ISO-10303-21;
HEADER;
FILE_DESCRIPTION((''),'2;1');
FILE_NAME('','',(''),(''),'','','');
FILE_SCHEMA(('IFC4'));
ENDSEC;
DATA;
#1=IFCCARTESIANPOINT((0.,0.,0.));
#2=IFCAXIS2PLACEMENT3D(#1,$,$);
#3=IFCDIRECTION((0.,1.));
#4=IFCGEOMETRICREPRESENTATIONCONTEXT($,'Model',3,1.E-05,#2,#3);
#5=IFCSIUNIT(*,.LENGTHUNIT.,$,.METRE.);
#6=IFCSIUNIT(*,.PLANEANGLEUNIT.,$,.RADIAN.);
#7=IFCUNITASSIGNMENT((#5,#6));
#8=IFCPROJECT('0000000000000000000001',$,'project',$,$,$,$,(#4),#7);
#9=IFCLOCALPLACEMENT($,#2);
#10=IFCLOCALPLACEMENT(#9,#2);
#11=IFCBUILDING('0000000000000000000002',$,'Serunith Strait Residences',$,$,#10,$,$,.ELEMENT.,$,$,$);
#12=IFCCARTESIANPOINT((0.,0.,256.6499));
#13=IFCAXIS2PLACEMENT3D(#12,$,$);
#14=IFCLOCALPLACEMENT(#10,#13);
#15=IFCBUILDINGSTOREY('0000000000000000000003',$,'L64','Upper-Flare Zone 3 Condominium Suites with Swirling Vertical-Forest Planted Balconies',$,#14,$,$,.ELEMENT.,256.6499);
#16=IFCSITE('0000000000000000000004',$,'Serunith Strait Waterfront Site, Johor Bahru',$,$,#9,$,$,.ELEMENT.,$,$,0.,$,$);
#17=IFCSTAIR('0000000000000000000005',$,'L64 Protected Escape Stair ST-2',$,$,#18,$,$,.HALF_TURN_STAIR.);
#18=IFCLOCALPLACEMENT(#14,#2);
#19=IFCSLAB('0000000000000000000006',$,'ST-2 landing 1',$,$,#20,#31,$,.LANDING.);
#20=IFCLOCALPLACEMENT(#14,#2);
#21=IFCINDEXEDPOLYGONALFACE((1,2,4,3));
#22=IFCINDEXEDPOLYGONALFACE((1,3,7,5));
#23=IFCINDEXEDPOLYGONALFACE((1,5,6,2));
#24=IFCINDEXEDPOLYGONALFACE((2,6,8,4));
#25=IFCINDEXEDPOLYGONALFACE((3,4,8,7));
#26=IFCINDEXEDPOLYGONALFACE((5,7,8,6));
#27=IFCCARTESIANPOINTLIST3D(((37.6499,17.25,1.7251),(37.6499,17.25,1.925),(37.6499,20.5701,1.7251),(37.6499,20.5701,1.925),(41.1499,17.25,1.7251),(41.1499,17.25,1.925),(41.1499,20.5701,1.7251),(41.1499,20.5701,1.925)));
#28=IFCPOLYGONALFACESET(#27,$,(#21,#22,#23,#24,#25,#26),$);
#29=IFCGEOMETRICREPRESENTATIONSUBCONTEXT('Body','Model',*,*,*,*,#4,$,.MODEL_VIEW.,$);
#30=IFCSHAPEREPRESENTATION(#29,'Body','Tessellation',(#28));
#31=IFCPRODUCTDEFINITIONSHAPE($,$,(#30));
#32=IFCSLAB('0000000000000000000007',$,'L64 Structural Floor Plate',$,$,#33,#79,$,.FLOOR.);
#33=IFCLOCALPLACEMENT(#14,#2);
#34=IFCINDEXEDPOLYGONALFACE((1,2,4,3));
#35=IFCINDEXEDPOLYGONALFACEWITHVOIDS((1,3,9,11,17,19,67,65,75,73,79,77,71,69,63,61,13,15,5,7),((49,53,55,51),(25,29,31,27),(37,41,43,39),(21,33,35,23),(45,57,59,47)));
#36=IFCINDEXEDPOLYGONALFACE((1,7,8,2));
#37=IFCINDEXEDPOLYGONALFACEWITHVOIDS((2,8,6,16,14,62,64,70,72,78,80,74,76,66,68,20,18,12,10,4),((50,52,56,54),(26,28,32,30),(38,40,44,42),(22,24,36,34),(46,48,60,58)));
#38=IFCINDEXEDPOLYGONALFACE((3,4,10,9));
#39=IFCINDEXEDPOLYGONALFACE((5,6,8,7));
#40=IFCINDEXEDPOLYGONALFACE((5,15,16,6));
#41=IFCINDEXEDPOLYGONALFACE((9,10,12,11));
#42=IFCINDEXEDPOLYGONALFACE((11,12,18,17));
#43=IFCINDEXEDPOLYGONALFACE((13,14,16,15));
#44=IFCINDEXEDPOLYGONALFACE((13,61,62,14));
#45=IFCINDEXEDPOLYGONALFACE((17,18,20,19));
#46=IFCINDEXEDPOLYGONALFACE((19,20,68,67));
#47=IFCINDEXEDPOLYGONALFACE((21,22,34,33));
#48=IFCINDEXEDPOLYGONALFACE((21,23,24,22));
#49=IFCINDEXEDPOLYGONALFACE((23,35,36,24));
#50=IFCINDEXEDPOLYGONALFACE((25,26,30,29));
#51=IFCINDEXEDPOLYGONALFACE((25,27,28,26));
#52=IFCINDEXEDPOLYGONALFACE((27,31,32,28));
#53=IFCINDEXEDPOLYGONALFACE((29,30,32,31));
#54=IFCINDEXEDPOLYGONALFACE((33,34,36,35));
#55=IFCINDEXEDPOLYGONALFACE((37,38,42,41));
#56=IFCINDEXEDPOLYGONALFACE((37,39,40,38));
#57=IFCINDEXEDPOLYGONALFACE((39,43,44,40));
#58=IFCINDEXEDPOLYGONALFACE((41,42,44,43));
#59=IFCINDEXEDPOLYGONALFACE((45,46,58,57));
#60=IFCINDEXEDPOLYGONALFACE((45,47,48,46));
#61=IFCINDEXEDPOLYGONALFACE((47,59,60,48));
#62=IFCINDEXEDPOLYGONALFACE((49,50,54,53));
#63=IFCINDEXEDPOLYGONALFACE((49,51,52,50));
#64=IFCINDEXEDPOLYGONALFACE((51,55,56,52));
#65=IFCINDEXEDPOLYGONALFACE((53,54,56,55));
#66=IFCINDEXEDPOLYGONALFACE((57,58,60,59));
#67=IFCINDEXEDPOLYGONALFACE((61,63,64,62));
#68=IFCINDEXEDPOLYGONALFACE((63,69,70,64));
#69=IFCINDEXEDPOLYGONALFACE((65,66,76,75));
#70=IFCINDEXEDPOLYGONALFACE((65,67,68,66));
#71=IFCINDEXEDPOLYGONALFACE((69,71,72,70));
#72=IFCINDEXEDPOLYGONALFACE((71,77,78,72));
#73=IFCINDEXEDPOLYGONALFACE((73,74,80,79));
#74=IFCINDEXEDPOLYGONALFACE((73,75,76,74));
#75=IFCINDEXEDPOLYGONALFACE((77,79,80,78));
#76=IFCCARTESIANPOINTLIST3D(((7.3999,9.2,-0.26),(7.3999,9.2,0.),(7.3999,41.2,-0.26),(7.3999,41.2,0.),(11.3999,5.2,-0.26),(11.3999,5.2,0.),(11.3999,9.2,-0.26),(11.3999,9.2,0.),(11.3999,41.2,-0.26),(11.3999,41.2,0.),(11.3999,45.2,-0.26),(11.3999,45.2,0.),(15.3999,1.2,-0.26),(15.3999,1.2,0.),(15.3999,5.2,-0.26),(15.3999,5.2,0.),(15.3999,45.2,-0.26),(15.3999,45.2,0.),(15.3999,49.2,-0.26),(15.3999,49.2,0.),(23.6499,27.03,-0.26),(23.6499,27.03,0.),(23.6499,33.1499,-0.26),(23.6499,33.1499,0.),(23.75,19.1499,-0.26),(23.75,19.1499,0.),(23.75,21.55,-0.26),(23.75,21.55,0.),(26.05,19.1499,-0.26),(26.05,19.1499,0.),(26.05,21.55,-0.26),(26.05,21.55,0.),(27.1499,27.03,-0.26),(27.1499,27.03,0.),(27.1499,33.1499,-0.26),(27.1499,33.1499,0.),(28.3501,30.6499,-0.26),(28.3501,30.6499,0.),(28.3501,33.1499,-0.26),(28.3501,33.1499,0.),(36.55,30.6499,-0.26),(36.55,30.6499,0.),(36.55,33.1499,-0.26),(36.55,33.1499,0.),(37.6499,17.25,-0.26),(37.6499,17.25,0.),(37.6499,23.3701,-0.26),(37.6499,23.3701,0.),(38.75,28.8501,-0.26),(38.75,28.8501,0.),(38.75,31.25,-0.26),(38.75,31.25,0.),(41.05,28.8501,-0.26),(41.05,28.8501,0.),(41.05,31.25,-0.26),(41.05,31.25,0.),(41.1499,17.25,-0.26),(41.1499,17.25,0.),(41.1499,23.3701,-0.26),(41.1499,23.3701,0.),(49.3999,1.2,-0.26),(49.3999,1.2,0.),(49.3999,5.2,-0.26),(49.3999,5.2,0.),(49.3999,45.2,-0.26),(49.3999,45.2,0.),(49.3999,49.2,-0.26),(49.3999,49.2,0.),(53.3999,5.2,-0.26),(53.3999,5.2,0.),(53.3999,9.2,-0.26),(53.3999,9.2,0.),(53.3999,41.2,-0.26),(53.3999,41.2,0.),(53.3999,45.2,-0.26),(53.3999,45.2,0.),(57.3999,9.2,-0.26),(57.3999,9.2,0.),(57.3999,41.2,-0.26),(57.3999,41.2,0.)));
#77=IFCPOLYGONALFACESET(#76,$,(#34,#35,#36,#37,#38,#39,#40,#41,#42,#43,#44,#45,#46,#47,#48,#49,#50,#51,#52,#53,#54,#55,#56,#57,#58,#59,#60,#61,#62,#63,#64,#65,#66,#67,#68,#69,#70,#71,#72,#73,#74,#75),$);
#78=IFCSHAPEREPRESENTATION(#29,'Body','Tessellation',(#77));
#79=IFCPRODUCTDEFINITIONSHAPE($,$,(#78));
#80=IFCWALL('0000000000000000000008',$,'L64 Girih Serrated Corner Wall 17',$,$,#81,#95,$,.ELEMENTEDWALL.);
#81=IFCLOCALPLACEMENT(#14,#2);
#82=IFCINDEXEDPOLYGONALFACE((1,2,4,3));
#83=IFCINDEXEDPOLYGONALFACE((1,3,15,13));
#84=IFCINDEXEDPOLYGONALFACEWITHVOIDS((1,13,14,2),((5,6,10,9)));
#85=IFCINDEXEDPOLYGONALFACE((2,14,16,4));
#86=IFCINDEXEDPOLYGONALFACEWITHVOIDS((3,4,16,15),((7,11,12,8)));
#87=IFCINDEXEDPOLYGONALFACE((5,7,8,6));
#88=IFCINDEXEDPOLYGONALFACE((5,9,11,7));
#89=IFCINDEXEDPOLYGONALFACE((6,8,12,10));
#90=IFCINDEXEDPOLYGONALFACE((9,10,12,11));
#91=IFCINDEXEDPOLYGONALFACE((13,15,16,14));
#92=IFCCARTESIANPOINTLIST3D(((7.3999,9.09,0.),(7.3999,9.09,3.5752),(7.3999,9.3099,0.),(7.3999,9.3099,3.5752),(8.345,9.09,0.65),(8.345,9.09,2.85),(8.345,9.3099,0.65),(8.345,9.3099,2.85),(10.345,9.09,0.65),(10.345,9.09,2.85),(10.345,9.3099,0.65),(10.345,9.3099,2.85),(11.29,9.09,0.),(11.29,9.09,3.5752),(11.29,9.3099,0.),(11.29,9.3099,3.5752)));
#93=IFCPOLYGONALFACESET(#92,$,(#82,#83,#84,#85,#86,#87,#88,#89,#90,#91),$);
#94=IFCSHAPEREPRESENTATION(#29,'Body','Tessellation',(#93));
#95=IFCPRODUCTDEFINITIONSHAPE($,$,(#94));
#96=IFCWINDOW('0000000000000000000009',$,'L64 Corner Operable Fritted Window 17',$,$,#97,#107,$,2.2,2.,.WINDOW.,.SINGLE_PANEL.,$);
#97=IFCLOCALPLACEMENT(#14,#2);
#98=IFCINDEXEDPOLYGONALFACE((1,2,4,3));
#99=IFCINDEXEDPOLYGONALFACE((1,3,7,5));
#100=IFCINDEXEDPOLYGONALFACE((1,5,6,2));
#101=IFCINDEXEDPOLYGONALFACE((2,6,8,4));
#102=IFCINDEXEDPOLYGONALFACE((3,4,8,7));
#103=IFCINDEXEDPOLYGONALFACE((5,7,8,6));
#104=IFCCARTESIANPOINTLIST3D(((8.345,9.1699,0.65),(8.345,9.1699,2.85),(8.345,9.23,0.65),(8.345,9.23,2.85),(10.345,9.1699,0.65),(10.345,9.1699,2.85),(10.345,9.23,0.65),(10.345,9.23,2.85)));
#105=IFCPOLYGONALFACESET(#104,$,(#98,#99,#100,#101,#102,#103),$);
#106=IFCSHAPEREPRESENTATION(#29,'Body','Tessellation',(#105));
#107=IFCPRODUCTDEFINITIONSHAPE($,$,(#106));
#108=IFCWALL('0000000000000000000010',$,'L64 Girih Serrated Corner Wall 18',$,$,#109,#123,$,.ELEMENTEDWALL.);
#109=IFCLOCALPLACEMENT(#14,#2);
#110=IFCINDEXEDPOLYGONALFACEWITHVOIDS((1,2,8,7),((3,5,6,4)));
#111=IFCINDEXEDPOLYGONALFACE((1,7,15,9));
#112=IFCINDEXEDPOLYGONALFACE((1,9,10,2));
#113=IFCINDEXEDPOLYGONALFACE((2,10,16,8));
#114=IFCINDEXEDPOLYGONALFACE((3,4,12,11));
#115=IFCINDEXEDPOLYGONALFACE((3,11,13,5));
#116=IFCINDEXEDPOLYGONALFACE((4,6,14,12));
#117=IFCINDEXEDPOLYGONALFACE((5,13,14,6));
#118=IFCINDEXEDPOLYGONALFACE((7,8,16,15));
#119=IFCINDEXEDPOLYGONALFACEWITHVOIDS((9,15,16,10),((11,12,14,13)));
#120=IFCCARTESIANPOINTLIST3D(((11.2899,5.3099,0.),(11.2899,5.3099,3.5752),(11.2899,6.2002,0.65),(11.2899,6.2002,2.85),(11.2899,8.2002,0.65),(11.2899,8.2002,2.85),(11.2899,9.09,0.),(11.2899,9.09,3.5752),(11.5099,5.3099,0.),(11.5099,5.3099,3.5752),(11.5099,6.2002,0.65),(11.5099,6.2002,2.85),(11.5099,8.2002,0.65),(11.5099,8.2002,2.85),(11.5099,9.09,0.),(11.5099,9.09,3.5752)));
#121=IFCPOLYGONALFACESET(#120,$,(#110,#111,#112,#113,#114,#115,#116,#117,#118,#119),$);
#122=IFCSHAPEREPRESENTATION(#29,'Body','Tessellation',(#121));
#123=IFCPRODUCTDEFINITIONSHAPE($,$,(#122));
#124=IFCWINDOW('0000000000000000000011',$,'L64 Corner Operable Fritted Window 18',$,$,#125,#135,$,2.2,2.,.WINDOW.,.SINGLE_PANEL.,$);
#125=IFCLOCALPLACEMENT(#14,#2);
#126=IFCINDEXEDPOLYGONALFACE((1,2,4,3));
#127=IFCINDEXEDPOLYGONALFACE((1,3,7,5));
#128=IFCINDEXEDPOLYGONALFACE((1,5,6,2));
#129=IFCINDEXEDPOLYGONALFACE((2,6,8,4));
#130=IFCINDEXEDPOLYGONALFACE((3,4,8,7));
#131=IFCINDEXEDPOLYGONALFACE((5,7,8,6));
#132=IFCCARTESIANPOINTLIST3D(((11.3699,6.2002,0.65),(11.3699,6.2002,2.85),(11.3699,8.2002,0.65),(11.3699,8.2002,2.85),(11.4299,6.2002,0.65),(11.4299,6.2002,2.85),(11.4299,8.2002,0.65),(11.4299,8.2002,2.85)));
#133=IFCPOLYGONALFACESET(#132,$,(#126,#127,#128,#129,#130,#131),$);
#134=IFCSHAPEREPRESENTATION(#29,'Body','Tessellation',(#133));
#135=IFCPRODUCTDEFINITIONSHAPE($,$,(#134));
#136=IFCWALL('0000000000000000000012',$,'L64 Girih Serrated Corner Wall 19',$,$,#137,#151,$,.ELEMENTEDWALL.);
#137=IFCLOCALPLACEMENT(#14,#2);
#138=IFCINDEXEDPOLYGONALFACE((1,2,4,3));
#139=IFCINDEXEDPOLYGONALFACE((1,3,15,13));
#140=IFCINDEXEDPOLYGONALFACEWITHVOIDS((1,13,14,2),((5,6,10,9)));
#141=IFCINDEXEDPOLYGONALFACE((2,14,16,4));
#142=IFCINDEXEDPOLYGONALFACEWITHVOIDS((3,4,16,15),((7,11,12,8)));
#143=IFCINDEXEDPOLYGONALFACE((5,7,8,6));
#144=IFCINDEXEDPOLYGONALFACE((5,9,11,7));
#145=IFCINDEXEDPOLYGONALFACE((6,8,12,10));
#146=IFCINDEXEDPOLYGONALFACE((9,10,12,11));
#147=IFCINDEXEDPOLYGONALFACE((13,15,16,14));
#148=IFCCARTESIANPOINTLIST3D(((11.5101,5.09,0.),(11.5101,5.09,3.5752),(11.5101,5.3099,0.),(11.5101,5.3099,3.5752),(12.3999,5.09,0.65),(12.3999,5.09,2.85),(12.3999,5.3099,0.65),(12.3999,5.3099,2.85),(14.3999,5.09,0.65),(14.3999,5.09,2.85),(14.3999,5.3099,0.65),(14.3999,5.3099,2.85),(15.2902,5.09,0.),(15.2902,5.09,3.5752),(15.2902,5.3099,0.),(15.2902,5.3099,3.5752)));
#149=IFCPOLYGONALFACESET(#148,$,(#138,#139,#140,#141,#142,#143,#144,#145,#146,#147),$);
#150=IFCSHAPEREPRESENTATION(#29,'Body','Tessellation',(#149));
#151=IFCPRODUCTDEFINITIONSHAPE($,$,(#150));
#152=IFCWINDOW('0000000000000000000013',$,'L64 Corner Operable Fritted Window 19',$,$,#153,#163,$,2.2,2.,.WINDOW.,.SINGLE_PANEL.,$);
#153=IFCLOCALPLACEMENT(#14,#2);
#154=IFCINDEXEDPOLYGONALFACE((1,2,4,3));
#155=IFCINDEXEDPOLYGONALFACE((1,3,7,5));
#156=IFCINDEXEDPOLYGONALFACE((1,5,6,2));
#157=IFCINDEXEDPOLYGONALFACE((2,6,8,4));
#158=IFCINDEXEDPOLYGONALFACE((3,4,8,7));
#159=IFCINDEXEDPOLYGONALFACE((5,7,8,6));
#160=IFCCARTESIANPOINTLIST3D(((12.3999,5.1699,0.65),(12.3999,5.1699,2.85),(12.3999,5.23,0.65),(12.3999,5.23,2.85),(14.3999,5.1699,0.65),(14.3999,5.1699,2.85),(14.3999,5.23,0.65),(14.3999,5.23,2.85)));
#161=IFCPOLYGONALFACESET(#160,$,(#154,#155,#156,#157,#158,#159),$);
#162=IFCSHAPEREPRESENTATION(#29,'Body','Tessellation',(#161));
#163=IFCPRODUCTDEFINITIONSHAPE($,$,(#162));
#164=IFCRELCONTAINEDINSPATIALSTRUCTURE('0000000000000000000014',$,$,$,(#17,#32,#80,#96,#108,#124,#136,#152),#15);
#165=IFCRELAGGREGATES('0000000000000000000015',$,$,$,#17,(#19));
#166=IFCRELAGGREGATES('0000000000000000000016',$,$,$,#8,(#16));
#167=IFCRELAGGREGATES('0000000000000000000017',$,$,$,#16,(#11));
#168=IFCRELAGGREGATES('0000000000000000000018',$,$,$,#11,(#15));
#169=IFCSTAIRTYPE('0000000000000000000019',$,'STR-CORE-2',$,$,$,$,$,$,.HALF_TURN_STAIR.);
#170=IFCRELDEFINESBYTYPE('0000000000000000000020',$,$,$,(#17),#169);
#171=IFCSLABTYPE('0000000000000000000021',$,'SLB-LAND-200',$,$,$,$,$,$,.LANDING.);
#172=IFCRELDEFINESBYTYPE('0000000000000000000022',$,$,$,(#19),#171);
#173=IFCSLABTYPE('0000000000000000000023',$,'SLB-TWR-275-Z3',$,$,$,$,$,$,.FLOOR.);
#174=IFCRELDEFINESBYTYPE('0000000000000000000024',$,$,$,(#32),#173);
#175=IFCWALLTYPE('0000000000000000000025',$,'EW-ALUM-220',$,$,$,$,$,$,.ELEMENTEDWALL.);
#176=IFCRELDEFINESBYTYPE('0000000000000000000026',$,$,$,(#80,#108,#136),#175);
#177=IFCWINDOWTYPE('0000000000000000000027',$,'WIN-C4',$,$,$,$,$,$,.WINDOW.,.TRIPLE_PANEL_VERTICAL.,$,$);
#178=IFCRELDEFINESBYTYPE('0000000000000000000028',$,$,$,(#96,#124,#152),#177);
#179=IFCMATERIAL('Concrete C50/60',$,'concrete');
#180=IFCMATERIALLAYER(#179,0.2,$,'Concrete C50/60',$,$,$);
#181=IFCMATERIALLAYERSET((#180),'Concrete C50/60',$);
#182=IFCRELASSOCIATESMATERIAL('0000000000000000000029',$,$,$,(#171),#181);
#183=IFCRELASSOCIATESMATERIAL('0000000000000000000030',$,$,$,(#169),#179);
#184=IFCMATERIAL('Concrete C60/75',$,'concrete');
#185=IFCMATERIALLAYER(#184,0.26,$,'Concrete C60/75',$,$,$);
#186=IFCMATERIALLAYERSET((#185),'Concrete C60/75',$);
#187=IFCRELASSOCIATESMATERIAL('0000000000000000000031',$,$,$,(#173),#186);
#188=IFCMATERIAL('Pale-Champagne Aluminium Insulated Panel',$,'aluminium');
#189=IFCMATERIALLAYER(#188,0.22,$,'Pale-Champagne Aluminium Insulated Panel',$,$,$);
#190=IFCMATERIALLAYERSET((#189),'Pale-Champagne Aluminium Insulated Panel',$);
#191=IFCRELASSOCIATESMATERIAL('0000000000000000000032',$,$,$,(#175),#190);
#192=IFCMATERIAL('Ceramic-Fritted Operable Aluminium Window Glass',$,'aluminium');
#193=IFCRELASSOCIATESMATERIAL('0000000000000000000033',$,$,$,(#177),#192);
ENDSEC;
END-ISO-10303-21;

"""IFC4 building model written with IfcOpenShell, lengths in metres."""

from ifc_helpers import new_model, si_unit, direction, frame, frame_2d, origin, place, context, subcontext, project, spatial, polyline, rectangle, outline, extrude, source, transform, mapped, material, layer, layer_set, type_object, element, fill, aggregate, save


model = new_model("IFC4")

# Units and contexts
model_context = context("Model", 3, precision=1e-05, world=origin(), true_north=direction((0.0, 1.0)))
body_context = subcontext(model_context, "Body", "Model", "MODEL_VIEW")
ifc_project = project(units=[si_unit("LENGTHUNIT", "METRE"), si_unit("PLANEANGLEUNIT", "RADIAN")], contexts=[model_context])

# Site, building, storey
site_placement = place(None, origin())
site = spatial("IfcSite", under=ifc_project, at=site_placement, Name="Serunith Strait Waterfront Site, Johor Bahru", CompositionType="ELEMENT", RefElevation=0.0)
building_placement = place(site_placement, origin())
building = spatial("IfcBuilding", under=site, at=building_placement, Name="Serunith Strait Residences", CompositionType="ELEMENT")
storey_placement = place(building_placement, frame((0.0, 0.0, 256.6499)))
storey = spatial("IfcBuildingStorey", under=building, at=storey_placement, Name="L64", Description="Upper-Flare Zone 3 Condominium Suites with Swirling Vertical-Forest Planted Balconies", CompositionType="ELEMENT", Elevation=256.6499)

# Shared definitions
ifc_material_1 = material(Name="Concrete C50/60", Category="concrete")

# Stair, slab
ifc_layer_1 = layer(ifc_material_1, 0.2, Name="Concrete C50/60")
ifc_layer_set_1 = layer_set([ifc_layer_1], Name="Concrete C50/60")
slab_type_1 = type_object("IfcSlabType", Name="SLB-LAND-200", PredefinedType="LANDING", material=ifc_layer_set_1)
stair_type_1 = type_object("IfcStairType", Name="STR-CORE-2", PredefinedType="HALF_TURN_STAIR", material=ifc_material_1)
stair_1_placement = place(storey_placement, origin())
stair_1 = element("IfcStair", 1, at=stair_1_placement, inside=storey, type_object=stair_type_1, Name="L64 Protected Escape Stair ST-2", PredefinedType="HALF_TURN_STAIR")
slab_1_placement = place(storey_placement, frame((0.0, 0.0, 1.7251)))
slab_1 = element("IfcSlab", 2, at=slab_1_placement, type_object=slab_type_1, Name="ST-2 landing 1", PredefinedType="LANDING", context=body_context, shape_type="SweptSolid", body=[
    extrude(outline(polyline([(37.6499, 20.5701), (37.6499, 17.25), (41.1499, 17.25), (41.1499, 20.5701), (37.6499, 20.5701)])), origin(), (0.0, 0.0, 1.0), 0.2),
])
aggregate(stair_1, [slab_1])

# Slab
ifc_material_2 = material(Name="Concrete C60/75", Category="concrete")
ifc_layer_2 = layer(ifc_material_2, 0.26, Name="Concrete C60/75")
ifc_layer_set_2 = layer_set([ifc_layer_2], Name="Concrete C60/75")
slab_type_2 = type_object("IfcSlabType", Name="SLB-TWR-275-Z3", PredefinedType="FLOOR", material=ifc_layer_set_2)
slab_2_placement = place(storey_placement, frame((0.0, 0.0, -0.26)))
element("IfcSlab", 3, at=slab_2_placement, inside=storey, type_object=slab_type_2, Name="L64 Structural Floor Plate", PredefinedType="FLOOR", context=body_context, shape_type="SweptSolid", body=[
    extrude(outline(polyline([(15.3999, 5.2), (11.3999, 5.2), (11.3999, 9.2), (7.3999, 9.2), (7.3999, 41.2), (11.3999, 41.2), (11.3999, 45.2), (15.3999, 45.2), (15.3999, 49.2), (49.3999, 49.2), (49.3999, 45.2), (53.3999, 45.2), (53.3999, 41.2), (57.3999, 41.2), (57.3999, 9.2), (53.3999, 9.2), (53.3999, 5.2), (49.3999, 5.2), (49.3999, 1.2), (15.3999, 1.2), (15.3999, 5.2)]), holes=[polyline([(41.1499, 23.3701), (37.6499, 23.3701), (37.6499, 17.25), (41.1499, 17.25), (41.1499, 23.3701)]), polyline([(38.75, 31.25), (38.75, 28.8501), (41.05, 28.8501), (41.05, 31.25), (38.75, 31.25)]), polyline([(36.55, 33.1499), (28.3501, 33.1499), (28.3501, 30.6499), (36.55, 30.6499), (36.55, 33.1499)]), polyline([(23.6499, 33.1499), (23.6499, 27.03), (27.1499, 27.03), (27.1499, 33.1499), (23.6499, 33.1499)]), polyline([(23.75, 21.55), (23.75, 19.1499), (26.05, 19.1499), (26.05, 21.55), (23.75, 21.55)])]), origin(), (0.0, 0.0, 1.0), 0.26),
])

# Walls, openings, windows
ifc_material_3 = material(Name="Pale-Champagne Aluminium Insulated Panel", Category="aluminium")
ifc_layer_3 = layer(ifc_material_3, 0.22, Name="Pale-Champagne Aluminium Insulated Panel")
ifc_layer_set_3 = layer_set([ifc_layer_3], Name="Pale-Champagne Aluminium Insulated Panel")
wall_type = type_object("IfcWallType", Name="EW-ALUM-220", PredefinedType="ELEMENTEDWALL", material=ifc_layer_set_3)
wall_1_placement = place(storey_placement, frame((7.3999, 9.2, 0.0), z_axis=(0.0, 0.0, 1.0), x_axis=(1.0, 0.0, 0.0)))
wall_1 = element("IfcWall", 4, at=wall_1_placement, inside=storey, type_object=wall_type, Name="L64 Girih Serrated Corner Wall 17", PredefinedType="ELEMENTEDWALL", context=body_context, shape_type="SweptSolid", body=[
    extrude(rectangle(XDim=3.8901, YDim=0.22, at=frame_2d((1.9451, 0.0))), origin(), (0.0, 0.0, 1.0), 3.5752),
])
opening_1_placement = place(wall_1_placement, frame((0.9451, 0.0, 0.6499)))
opening_1 = element("IfcOpeningElement", 5, at=opening_1_placement, cuts=wall_1, PredefinedType="OPENING", context=body_context, shape_type="SweptSolid", body=[
    extrude(rectangle(XDim=2.0, YDim=2.2, at=frame_2d((1.0, 1.1001))), frame((0.0, 0.1201, 0.0), z_axis=(0.0, -1.0, 0.0), x_axis=(1.0, 0.0, 0.0)), (0.0, 0.0, 1.0), 0.24),
])
ifc_material_4 = material(Name="Ceramic-Fritted Operable Aluminium Window Glass", Category="aluminium")
window_type = type_object("IfcWindowType", Name="WIN-C4", PartitioningType="TRIPLE_PANEL_VERTICAL", PredefinedType="WINDOW", material=ifc_material_4)
shared_shape_1 = source(origin(), body_context, "Body", "SweptSolid", [
    extrude(rectangle(XDim=2.0, YDim=2.2, at=frame_2d((1.0, 1.1001))), frame((0.0, 0.03, 0.0), z_axis=(0.0, -1.0, 0.0), x_axis=(1.0, 0.0, 0.0)), (0.0, 0.0, 1.0), 0.0601),
])
window_1_placement = place(opening_1_placement, origin())
window_1 = element("IfcWindow", 6, at=window_1_placement, inside=storey, type_object=window_type, Name="L64 Corner Operable Fritted Window 17", OverallHeight=2.2, OverallWidth=2.0, PartitioningType="SINGLE_PANEL", PredefinedType="WINDOW", context=body_context, shape_type="MappedRepresentation", body=[
    mapped(shared_shape_1, transform((0.0, 0.0, 0.0), scale=1.0)),
])
fill(opening_1, window_1)
wall_2_placement = place(storey_placement, frame((11.3999, 9.0901, 0.0), z_axis=(0.0, 0.0, 1.0), x_axis=(0.0, -1.0, 0.0)))
wall_2 = element("IfcWall", 7, at=wall_2_placement, inside=storey, type_object=wall_type, Name="L64 Girih Serrated Corner Wall 18", PredefinedType="ELEMENTEDWALL", context=body_context, shape_type="SweptSolid", body=[
    extrude(rectangle(XDim=3.78, YDim=0.22, at=frame_2d((1.8901, 0.0))), origin(), (0.0, 0.0, 1.0), 3.5752),
])
opening_2_placement = place(wall_2_placement, frame((0.8899, 0.0, 0.6499)))
opening_2 = element("IfcOpeningElement", 8, at=opening_2_placement, cuts=wall_2, PredefinedType="OPENING", context=body_context, shape_type="SweptSolid", body=[
    extrude(rectangle(XDim=2.0, YDim=2.2, at=frame_2d((1.0, 1.1001))), frame((0.0, 0.1201, 0.0), z_axis=(0.0, -1.0, 0.0), x_axis=(1.0, 0.0, 0.0)), (0.0, 0.0, 1.0), 0.24),
])
window_2_placement = place(opening_2_placement, origin())
window_2 = element("IfcWindow", 9, at=window_2_placement, inside=storey, type_object=window_type, Name="L64 Corner Operable Fritted Window 18", OverallHeight=2.2, OverallWidth=2.0, PartitioningType="SINGLE_PANEL", PredefinedType="WINDOW", context=body_context, shape_type="MappedRepresentation", body=[
    mapped(shared_shape_1, transform((0.0, 0.0, 0.0), scale=1.0)),
])
fill(opening_2, window_2)
wall_3_placement = place(storey_placement, frame((11.51, 5.2, 0.0), z_axis=(0.0, 0.0, 1.0), x_axis=(1.0, 0.0, 0.0)))
wall_3 = element("IfcWall", 10, at=wall_3_placement, inside=storey, type_object=wall_type, Name="L64 Girih Serrated Corner Wall 19", PredefinedType="ELEMENTEDWALL", context=body_context, shape_type="SweptSolid", body=[
    extrude(rectangle(XDim=3.78, YDim=0.22, at=frame_2d((1.8901, 0.0))), origin(), (0.0, 0.0, 1.0), 3.5752),
])
opening_3_placement = place(wall_3_placement, frame((0.8899, 0.0, 0.6499)))
opening_3 = element("IfcOpeningElement", 11, at=opening_3_placement, cuts=wall_3, PredefinedType="OPENING", context=body_context, shape_type="SweptSolid", body=[
    extrude(rectangle(XDim=2.0, YDim=2.2, at=frame_2d((1.0, 1.1001))), frame((0.0, 0.1201, 0.0), z_axis=(0.0, -1.0, 0.0), x_axis=(1.0, 0.0, 0.0)), (0.0, 0.0, 1.0), 0.24),
])
window_3_placement = place(opening_3_placement, origin())
window_3 = element("IfcWindow", 12, at=window_3_placement, inside=storey, type_object=window_type, Name="L64 Corner Operable Fritted Window 19", OverallHeight=2.2, OverallWidth=2.0, PartitioningType="SINGLE_PANEL", PredefinedType="WINDOW", context=body_context, shape_type="MappedRepresentation", body=[
    mapped(shared_shape_1, transform((0.0, 0.0, 0.0), scale=1.0)),
])
fill(opening_3, window_3)

save(model, "model.ifc")
